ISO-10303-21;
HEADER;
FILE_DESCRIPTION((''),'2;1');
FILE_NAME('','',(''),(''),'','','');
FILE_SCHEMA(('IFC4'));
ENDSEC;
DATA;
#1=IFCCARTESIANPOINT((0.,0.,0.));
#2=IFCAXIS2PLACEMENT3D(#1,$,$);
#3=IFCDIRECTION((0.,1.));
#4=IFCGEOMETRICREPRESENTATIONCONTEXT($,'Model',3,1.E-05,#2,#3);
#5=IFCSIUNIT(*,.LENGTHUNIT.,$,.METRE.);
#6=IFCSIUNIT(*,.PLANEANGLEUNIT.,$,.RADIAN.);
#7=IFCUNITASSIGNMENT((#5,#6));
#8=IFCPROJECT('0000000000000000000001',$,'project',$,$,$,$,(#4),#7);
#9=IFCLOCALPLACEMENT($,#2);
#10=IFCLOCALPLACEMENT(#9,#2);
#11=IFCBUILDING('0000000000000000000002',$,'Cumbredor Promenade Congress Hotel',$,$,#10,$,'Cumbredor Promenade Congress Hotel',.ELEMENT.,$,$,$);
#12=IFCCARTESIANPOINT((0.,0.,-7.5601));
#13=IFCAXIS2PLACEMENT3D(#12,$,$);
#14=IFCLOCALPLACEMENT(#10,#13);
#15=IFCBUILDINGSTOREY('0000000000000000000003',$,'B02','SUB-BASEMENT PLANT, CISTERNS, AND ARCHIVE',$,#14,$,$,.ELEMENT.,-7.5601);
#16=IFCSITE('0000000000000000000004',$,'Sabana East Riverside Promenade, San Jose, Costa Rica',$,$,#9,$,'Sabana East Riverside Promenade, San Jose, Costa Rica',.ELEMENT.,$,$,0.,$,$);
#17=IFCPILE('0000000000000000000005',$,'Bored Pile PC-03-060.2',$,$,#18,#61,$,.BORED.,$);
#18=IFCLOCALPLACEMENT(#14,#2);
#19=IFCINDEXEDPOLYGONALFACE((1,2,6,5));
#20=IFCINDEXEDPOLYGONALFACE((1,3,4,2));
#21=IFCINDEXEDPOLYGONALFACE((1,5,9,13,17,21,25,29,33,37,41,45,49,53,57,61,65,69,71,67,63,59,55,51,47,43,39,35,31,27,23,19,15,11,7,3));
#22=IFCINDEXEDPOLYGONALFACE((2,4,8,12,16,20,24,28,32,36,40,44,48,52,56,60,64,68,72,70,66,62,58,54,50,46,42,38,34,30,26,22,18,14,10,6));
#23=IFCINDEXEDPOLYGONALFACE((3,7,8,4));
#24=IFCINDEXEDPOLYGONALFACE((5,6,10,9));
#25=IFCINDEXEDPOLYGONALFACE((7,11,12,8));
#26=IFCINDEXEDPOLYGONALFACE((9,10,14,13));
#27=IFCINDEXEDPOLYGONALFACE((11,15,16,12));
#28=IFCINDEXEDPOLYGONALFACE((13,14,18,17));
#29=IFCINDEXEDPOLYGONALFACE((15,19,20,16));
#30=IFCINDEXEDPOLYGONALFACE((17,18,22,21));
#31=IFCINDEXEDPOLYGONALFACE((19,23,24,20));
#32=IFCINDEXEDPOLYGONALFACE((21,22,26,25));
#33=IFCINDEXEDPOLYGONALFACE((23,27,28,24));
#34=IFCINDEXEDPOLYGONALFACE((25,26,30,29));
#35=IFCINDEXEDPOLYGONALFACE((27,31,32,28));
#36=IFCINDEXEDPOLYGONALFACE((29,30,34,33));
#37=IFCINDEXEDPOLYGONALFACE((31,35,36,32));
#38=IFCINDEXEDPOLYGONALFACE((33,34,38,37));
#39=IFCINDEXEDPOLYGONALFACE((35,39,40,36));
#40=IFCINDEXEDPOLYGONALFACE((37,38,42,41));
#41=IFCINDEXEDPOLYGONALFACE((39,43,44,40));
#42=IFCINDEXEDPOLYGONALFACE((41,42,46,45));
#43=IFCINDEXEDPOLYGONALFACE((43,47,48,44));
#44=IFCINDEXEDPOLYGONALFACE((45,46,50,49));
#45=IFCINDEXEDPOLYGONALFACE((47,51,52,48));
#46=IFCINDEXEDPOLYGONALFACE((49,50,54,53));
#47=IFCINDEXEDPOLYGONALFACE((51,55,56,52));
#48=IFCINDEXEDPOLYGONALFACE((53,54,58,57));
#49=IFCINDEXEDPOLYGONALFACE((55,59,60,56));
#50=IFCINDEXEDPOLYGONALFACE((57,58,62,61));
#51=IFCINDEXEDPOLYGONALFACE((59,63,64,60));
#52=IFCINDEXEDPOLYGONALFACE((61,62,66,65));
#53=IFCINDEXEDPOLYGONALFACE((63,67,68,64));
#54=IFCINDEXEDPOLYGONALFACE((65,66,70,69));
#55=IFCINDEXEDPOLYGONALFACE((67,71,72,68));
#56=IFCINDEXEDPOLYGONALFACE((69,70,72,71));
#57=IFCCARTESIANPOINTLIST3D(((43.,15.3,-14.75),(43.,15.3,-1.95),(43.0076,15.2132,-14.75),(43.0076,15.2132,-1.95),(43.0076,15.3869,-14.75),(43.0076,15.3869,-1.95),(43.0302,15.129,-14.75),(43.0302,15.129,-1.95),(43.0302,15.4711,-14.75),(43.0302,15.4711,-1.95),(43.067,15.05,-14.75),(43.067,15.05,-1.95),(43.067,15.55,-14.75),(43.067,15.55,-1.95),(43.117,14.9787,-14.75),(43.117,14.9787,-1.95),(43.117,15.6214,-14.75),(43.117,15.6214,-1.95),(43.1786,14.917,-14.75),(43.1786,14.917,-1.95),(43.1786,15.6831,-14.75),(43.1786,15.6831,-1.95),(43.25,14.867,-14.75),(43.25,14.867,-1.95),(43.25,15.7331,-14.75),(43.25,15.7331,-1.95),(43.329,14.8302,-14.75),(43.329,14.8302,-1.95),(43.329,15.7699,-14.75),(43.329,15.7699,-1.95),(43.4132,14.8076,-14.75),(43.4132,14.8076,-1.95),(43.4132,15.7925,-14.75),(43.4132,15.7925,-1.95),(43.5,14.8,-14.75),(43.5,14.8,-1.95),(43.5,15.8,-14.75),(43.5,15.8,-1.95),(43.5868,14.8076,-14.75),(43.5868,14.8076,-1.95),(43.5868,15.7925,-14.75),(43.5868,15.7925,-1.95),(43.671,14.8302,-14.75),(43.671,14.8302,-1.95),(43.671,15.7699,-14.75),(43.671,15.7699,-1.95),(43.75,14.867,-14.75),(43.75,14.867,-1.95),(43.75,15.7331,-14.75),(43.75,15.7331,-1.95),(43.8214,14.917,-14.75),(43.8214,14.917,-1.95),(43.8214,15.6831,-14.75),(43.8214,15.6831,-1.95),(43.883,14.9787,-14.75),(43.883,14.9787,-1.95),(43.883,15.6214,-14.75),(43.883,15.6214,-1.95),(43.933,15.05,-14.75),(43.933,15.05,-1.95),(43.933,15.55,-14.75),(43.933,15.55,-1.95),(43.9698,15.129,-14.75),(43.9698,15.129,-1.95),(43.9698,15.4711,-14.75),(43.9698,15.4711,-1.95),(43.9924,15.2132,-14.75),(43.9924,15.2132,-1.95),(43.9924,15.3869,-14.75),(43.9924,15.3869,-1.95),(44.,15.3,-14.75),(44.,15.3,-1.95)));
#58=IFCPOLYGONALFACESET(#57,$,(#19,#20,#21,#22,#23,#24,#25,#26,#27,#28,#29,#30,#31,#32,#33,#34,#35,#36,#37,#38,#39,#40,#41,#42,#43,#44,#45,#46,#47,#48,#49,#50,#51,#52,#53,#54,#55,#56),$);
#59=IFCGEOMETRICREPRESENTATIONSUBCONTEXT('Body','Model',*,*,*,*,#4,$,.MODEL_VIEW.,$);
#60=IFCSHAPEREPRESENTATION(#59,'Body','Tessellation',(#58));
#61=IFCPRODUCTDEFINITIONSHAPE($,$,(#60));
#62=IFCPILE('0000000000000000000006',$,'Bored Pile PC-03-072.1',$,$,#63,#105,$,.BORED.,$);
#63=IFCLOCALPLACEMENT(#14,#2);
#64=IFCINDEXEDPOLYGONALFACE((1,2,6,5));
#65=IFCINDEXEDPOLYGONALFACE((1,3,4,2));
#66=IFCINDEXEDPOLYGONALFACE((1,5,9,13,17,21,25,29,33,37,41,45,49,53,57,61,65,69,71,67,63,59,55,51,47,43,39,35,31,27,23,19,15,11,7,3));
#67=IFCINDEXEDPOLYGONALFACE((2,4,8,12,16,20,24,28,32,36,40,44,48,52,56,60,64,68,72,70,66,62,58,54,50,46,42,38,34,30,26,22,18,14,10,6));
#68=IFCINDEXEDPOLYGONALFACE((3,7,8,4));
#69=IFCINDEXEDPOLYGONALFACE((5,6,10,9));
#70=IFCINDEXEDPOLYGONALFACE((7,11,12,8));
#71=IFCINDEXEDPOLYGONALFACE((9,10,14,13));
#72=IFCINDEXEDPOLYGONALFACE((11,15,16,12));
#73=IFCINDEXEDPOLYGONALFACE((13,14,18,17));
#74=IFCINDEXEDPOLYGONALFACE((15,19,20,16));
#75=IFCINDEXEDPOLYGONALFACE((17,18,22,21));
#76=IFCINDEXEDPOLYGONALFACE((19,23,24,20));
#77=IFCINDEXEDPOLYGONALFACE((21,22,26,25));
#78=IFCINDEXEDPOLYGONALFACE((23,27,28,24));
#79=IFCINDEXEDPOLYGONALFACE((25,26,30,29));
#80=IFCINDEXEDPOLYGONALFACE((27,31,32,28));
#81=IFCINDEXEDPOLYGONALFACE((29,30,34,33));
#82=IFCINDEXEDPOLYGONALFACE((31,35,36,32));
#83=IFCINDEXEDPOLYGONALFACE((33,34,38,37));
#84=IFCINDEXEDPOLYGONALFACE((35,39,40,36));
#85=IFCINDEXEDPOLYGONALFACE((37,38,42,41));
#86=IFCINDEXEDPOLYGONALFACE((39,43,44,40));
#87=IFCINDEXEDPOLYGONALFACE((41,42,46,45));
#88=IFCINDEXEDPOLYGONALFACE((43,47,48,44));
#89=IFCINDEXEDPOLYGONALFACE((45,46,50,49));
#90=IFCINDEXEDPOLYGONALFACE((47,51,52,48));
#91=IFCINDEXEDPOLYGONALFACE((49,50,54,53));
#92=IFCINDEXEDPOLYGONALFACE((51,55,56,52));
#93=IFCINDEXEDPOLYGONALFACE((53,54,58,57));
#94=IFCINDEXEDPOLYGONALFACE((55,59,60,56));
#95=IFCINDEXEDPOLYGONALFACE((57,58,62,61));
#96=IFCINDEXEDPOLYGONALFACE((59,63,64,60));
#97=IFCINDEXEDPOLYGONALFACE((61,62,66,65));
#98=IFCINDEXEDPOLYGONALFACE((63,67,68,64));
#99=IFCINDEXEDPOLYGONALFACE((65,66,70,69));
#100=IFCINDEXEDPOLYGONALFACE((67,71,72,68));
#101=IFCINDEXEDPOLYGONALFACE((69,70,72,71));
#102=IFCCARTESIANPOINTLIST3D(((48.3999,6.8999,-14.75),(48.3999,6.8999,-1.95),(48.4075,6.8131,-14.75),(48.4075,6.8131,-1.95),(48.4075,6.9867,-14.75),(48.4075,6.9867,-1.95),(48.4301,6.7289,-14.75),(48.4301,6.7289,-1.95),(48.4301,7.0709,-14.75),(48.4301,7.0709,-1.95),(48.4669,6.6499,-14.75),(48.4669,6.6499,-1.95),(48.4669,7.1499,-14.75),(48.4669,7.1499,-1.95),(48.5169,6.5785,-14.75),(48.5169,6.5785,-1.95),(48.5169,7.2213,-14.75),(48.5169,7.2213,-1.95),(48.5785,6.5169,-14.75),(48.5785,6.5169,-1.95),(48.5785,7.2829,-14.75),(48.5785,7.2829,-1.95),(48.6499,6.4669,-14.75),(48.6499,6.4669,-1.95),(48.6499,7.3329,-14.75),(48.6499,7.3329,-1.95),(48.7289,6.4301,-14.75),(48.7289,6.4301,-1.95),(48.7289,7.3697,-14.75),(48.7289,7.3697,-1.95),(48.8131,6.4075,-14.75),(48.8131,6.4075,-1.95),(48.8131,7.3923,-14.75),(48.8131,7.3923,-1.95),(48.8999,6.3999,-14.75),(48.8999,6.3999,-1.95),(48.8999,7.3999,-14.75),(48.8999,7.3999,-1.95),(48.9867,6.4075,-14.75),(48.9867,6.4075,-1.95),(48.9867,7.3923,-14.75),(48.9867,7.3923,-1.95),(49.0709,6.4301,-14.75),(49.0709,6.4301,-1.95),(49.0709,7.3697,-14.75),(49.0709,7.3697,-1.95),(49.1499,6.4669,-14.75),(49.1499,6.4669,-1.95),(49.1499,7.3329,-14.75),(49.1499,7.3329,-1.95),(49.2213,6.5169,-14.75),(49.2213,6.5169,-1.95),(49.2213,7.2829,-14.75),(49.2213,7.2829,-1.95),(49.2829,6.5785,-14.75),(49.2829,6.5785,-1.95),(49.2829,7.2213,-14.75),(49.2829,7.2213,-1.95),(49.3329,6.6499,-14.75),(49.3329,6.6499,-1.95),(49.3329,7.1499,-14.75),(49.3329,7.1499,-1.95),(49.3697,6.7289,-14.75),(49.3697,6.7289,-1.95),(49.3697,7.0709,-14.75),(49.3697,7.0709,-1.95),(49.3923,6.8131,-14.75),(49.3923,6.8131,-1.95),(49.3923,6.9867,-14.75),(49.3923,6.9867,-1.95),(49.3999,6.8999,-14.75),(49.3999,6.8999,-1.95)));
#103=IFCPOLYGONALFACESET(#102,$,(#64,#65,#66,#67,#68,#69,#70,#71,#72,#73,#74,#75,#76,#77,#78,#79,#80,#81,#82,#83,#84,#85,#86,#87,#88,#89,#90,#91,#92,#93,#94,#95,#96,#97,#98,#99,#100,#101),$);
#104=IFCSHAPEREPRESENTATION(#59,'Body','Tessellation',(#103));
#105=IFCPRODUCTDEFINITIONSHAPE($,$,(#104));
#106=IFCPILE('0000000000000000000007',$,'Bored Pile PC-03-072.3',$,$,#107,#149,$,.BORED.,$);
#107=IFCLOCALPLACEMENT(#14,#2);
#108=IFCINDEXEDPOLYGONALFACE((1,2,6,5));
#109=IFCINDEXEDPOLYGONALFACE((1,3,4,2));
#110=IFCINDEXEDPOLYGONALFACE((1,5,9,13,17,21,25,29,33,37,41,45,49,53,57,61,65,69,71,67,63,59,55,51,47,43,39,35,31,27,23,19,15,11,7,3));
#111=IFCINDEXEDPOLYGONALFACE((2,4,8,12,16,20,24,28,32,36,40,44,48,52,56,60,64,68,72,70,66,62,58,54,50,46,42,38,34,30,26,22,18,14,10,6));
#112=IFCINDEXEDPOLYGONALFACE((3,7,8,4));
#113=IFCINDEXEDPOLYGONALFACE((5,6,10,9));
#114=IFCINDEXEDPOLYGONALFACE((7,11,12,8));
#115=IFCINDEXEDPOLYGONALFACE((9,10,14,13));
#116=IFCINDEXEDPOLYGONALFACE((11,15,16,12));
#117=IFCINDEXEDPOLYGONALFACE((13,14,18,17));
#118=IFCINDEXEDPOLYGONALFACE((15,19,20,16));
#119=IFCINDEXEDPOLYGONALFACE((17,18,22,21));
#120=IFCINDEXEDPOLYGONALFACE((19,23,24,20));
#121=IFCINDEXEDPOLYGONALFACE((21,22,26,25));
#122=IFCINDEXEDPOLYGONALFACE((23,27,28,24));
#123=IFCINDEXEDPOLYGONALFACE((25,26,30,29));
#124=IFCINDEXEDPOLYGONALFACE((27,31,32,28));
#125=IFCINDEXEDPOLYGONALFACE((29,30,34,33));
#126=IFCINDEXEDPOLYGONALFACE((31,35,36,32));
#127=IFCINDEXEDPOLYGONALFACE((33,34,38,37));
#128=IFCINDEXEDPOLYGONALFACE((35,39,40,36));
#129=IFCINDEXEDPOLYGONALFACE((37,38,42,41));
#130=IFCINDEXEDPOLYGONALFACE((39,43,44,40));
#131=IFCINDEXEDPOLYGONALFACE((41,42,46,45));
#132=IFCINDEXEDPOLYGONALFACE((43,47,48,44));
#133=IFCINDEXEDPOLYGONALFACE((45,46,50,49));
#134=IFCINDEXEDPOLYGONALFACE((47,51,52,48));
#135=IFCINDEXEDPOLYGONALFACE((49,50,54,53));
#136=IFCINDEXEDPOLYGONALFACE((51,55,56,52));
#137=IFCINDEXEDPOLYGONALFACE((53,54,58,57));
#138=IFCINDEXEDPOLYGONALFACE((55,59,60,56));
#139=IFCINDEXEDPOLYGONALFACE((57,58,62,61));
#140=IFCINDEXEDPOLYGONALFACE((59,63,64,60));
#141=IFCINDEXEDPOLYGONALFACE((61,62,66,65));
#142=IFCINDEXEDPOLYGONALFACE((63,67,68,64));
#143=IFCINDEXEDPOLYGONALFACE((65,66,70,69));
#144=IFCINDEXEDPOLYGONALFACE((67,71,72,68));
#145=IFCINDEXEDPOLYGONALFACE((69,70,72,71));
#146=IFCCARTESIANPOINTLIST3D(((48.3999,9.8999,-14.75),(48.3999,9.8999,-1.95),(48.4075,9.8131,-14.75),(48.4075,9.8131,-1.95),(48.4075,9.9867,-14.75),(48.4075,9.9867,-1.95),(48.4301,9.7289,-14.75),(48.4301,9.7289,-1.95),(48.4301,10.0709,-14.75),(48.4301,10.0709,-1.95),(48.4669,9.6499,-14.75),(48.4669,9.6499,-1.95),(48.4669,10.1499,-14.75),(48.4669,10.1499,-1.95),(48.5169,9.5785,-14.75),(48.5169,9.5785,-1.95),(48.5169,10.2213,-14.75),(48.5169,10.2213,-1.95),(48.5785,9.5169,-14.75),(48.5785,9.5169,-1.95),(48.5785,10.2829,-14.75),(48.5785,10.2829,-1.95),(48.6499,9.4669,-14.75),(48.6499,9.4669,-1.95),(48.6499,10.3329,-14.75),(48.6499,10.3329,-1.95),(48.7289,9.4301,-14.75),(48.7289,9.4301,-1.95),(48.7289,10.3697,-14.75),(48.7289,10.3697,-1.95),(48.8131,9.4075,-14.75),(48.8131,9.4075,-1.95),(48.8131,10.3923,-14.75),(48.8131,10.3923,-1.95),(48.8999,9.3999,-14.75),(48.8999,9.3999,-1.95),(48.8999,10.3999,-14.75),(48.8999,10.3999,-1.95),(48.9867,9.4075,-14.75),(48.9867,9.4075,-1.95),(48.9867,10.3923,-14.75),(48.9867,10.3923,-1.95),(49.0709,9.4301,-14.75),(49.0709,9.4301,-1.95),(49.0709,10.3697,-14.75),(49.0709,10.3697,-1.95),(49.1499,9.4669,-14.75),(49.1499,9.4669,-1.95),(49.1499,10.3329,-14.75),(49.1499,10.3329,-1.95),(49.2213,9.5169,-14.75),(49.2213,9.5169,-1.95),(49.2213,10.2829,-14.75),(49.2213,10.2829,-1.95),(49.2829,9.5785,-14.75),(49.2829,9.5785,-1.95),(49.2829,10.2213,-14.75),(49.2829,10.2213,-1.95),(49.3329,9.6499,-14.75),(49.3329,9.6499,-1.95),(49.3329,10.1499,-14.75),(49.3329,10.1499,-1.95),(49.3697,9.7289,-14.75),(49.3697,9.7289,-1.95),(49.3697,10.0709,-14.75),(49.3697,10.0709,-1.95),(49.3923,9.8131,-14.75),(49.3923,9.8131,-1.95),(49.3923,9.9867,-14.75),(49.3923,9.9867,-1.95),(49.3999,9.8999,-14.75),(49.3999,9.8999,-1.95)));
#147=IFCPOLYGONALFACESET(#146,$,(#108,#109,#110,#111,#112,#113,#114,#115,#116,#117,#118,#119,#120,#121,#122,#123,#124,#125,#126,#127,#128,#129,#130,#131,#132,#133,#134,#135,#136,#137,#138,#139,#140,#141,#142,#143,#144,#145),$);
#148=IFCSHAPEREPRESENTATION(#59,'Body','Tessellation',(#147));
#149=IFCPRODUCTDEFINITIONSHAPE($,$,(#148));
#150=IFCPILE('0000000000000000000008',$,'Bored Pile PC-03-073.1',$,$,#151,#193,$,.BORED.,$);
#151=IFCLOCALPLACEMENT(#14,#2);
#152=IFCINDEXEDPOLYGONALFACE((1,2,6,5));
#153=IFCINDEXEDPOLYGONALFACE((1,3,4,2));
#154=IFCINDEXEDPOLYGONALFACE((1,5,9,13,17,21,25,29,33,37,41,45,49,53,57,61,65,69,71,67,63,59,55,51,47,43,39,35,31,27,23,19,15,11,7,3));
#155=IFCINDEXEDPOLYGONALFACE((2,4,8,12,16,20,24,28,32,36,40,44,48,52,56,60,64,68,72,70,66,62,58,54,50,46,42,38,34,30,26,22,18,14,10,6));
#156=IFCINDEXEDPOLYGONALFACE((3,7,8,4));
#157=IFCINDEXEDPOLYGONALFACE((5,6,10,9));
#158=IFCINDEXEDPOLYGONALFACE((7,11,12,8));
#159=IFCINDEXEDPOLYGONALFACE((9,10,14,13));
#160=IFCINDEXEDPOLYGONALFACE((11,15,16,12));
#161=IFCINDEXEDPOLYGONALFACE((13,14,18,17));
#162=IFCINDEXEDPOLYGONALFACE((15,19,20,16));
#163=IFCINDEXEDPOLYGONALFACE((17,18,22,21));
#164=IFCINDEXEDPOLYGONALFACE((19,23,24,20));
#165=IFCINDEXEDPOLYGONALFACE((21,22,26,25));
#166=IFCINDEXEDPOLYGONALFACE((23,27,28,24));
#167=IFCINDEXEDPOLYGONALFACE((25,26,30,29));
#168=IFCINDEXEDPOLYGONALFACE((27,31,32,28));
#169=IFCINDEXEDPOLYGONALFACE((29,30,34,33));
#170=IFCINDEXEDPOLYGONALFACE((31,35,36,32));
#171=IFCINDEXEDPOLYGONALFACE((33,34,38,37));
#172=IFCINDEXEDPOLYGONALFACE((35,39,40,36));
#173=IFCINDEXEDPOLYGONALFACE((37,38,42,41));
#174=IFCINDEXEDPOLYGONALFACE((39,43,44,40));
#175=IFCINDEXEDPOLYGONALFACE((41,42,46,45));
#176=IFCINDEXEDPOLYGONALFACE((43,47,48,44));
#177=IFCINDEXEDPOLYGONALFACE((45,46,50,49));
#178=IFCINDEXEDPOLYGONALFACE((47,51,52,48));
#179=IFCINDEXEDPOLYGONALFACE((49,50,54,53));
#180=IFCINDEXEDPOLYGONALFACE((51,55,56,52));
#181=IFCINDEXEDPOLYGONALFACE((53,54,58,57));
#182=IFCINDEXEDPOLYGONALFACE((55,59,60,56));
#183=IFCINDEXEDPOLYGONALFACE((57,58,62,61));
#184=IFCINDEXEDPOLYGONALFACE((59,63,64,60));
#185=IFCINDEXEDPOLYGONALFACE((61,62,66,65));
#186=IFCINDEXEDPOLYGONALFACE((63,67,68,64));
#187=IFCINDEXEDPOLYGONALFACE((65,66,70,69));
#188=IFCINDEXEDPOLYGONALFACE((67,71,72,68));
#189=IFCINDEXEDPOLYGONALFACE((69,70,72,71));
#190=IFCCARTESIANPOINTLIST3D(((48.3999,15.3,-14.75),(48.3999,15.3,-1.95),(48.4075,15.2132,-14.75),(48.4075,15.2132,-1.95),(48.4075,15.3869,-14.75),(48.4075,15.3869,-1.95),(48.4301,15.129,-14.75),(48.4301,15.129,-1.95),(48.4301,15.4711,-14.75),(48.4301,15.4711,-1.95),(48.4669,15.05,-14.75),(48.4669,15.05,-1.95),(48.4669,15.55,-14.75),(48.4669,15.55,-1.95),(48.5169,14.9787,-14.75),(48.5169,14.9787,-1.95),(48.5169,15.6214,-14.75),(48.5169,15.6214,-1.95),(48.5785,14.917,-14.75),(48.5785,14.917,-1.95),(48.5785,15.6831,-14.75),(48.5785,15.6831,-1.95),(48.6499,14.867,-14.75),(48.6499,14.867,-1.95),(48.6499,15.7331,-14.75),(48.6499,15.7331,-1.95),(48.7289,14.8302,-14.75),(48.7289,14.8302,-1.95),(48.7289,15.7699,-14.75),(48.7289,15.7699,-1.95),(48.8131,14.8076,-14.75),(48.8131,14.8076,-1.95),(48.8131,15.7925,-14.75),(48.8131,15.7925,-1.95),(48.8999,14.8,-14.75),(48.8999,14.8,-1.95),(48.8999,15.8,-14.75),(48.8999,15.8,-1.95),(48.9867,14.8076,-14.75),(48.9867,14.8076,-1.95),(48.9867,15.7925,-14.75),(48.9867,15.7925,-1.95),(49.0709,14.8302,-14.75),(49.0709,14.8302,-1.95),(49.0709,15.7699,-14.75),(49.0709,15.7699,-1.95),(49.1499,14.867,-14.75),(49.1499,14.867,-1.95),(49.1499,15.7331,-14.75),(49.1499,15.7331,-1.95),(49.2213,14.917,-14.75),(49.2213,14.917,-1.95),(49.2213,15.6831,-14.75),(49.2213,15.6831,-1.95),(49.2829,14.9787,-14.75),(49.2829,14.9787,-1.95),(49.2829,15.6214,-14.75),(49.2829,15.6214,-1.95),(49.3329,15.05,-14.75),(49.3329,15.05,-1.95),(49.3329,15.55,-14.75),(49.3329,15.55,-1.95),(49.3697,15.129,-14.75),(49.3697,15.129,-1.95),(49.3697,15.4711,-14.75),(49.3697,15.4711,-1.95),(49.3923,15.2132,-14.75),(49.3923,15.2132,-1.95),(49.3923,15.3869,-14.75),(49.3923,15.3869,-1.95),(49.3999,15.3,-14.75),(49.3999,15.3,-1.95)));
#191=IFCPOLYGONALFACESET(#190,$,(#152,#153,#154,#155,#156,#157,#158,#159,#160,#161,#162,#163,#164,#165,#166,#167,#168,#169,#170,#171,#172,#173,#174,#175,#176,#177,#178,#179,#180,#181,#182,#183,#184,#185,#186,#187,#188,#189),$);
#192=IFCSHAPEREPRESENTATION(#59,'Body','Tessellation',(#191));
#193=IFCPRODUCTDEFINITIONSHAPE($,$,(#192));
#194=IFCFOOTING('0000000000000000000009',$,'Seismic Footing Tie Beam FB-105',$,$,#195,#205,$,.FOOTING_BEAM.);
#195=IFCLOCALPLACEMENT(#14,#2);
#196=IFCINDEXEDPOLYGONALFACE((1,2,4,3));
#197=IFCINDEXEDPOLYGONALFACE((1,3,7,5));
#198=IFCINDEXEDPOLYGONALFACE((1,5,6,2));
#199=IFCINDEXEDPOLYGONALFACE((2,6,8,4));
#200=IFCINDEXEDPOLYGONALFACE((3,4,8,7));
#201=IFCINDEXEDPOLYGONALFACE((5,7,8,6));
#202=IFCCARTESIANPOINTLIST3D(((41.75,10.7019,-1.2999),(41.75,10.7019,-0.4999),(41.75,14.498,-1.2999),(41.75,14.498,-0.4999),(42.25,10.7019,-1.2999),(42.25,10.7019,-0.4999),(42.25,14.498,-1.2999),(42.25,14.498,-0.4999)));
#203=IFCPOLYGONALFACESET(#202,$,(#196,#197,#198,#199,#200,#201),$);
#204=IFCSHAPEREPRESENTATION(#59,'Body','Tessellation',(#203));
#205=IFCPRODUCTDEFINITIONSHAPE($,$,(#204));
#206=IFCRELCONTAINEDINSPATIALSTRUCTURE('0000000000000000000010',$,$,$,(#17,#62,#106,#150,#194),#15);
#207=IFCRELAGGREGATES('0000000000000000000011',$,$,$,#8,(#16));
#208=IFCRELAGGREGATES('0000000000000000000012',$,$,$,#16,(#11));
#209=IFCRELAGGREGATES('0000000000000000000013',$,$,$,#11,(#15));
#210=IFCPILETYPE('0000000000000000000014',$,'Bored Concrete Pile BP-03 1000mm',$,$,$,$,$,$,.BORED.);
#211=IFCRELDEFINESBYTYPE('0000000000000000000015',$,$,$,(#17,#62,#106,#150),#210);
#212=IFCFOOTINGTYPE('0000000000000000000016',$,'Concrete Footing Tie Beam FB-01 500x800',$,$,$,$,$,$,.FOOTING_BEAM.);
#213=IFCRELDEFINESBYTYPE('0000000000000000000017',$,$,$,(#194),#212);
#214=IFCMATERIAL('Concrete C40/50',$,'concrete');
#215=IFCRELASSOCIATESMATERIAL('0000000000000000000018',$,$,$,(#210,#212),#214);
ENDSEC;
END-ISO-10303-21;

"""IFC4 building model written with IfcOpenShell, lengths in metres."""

from ifc_helpers import new_model, si_unit, direction, frame, origin, origin_2d, place, context, subcontext, project, spatial, rectangle, circle, extrude, material, material_profile, profile_set, type_object, element, save


model = new_model("IFC4")

# Units and contexts
model_context = context("Model", 3, precision=1e-05, world=origin(), true_north=direction((0.0, 1.0)))
body_context = subcontext(model_context, "Body", "Model", "MODEL_VIEW")
ifc_project = project(units=[si_unit("LENGTHUNIT", "METRE"), si_unit("PLANEANGLEUNIT", "RADIAN")], contexts=[model_context])

# Site, building, storey
site_placement = place(None, origin())
site = spatial("IfcSite", under=ifc_project, at=site_placement, Name="Sabana East Riverside Promenade, San Jose, Costa Rica", LongName="Sabana East Riverside Promenade, San Jose, Costa Rica", CompositionType="ELEMENT", RefElevation=0.0)
building_placement = place(site_placement, origin())
building = spatial("IfcBuilding", under=site, at=building_placement, Name="Cumbredor Promenade Congress Hotel", LongName="Cumbredor Promenade Congress Hotel", CompositionType="ELEMENT")
storey_placement = place(building_placement, frame((0.0, 0.0, -7.5601)))
storey = spatial("IfcBuildingStorey", under=building, at=storey_placement, Name="B02", Description="SUB-BASEMENT PLANT, CISTERNS, AND ARCHIVE", CompositionType="ELEMENT", Elevation=-7.5601)

# Piles
ifc_material_1 = material(Name="Concrete C40/50", Category="concrete")
ifc_material_profile_1 = material_profile(ifc_material_1, circle(Radius=0.5, at=origin_2d()), Name="PILE D1000")
ifc_profile_set_1 = profile_set([ifc_material_profile_1], Name="Concrete C40/50")
pile_type = type_object("IfcPileType", Name="Bored Concrete Pile BP-03 1000mm", PredefinedType="BORED", material=ifc_profile_set_1)
for number, where, z_axis, x_axis, name in (
    (1, (43.5, 15.3, -1.95), (0.0, 0.0, -1.0), (1.0, 0.0, 0.0), "Bored Pile PC-03-060.2"),
    (2, (48.8999, 6.8999, -1.95), (0.0, 0.0, -1.0), (1.0, 0.0, 0.0), "Bored Pile PC-03-072.1"),
    (3, (48.8999, 9.8999, -1.95), (0.0, 0.0, -1.0), (1.0, 0.0, 0.0), "Bored Pile PC-03-072.3"),
    (4, (48.8999, 15.3, -1.95), (0.0, 0.0, -1.0), (1.0, 0.0, 0.0), "Bored Pile PC-03-073.1"),
):
    element("IfcPile", number, at=place(storey_placement, frame(where, z_axis=z_axis, x_axis=x_axis)), inside=storey, type_object=pile_type, Name=name, PredefinedType="BORED", context=body_context, shape_type="SweptSolid", body=[
        extrude(circle(Radius=0.5, at=origin_2d()), origin(), (0.0, 0.0, 1.0), 12.8),
    ])

# Footing
ifc_material_profile_2 = material_profile(ifc_material_1, rectangle(XDim=0.5, YDim=0.8, at=origin_2d()), Name="FB 500x800")
ifc_profile_set_2 = profile_set([ifc_material_profile_2], Name="Concrete C40/50")
footing_type_1 = type_object("IfcFootingType", Name="Concrete Footing Tie Beam FB-01 500x800", PredefinedType="FOOTING_BEAM", material=ifc_profile_set_2)
footing_placement = place(storey_placement, frame((42.0, 10.7019, -0.8999), z_axis=(0.0, 1.0, 0.0), x_axis=(-1.0, 0.0, 0.0)))
element("IfcFooting", 5, at=footing_placement, inside=storey, type_object=footing_type_1, Name="Seismic Footing Tie Beam FB-105", PredefinedType="FOOTING_BEAM", context=body_context, shape_type="SweptSolid", body=[
    extrude(rectangle(XDim=0.5, YDim=0.8, at=origin_2d()), origin(), (0.0, 0.0, 1.0), 3.7961),
])

save(model, "model.ifc")
